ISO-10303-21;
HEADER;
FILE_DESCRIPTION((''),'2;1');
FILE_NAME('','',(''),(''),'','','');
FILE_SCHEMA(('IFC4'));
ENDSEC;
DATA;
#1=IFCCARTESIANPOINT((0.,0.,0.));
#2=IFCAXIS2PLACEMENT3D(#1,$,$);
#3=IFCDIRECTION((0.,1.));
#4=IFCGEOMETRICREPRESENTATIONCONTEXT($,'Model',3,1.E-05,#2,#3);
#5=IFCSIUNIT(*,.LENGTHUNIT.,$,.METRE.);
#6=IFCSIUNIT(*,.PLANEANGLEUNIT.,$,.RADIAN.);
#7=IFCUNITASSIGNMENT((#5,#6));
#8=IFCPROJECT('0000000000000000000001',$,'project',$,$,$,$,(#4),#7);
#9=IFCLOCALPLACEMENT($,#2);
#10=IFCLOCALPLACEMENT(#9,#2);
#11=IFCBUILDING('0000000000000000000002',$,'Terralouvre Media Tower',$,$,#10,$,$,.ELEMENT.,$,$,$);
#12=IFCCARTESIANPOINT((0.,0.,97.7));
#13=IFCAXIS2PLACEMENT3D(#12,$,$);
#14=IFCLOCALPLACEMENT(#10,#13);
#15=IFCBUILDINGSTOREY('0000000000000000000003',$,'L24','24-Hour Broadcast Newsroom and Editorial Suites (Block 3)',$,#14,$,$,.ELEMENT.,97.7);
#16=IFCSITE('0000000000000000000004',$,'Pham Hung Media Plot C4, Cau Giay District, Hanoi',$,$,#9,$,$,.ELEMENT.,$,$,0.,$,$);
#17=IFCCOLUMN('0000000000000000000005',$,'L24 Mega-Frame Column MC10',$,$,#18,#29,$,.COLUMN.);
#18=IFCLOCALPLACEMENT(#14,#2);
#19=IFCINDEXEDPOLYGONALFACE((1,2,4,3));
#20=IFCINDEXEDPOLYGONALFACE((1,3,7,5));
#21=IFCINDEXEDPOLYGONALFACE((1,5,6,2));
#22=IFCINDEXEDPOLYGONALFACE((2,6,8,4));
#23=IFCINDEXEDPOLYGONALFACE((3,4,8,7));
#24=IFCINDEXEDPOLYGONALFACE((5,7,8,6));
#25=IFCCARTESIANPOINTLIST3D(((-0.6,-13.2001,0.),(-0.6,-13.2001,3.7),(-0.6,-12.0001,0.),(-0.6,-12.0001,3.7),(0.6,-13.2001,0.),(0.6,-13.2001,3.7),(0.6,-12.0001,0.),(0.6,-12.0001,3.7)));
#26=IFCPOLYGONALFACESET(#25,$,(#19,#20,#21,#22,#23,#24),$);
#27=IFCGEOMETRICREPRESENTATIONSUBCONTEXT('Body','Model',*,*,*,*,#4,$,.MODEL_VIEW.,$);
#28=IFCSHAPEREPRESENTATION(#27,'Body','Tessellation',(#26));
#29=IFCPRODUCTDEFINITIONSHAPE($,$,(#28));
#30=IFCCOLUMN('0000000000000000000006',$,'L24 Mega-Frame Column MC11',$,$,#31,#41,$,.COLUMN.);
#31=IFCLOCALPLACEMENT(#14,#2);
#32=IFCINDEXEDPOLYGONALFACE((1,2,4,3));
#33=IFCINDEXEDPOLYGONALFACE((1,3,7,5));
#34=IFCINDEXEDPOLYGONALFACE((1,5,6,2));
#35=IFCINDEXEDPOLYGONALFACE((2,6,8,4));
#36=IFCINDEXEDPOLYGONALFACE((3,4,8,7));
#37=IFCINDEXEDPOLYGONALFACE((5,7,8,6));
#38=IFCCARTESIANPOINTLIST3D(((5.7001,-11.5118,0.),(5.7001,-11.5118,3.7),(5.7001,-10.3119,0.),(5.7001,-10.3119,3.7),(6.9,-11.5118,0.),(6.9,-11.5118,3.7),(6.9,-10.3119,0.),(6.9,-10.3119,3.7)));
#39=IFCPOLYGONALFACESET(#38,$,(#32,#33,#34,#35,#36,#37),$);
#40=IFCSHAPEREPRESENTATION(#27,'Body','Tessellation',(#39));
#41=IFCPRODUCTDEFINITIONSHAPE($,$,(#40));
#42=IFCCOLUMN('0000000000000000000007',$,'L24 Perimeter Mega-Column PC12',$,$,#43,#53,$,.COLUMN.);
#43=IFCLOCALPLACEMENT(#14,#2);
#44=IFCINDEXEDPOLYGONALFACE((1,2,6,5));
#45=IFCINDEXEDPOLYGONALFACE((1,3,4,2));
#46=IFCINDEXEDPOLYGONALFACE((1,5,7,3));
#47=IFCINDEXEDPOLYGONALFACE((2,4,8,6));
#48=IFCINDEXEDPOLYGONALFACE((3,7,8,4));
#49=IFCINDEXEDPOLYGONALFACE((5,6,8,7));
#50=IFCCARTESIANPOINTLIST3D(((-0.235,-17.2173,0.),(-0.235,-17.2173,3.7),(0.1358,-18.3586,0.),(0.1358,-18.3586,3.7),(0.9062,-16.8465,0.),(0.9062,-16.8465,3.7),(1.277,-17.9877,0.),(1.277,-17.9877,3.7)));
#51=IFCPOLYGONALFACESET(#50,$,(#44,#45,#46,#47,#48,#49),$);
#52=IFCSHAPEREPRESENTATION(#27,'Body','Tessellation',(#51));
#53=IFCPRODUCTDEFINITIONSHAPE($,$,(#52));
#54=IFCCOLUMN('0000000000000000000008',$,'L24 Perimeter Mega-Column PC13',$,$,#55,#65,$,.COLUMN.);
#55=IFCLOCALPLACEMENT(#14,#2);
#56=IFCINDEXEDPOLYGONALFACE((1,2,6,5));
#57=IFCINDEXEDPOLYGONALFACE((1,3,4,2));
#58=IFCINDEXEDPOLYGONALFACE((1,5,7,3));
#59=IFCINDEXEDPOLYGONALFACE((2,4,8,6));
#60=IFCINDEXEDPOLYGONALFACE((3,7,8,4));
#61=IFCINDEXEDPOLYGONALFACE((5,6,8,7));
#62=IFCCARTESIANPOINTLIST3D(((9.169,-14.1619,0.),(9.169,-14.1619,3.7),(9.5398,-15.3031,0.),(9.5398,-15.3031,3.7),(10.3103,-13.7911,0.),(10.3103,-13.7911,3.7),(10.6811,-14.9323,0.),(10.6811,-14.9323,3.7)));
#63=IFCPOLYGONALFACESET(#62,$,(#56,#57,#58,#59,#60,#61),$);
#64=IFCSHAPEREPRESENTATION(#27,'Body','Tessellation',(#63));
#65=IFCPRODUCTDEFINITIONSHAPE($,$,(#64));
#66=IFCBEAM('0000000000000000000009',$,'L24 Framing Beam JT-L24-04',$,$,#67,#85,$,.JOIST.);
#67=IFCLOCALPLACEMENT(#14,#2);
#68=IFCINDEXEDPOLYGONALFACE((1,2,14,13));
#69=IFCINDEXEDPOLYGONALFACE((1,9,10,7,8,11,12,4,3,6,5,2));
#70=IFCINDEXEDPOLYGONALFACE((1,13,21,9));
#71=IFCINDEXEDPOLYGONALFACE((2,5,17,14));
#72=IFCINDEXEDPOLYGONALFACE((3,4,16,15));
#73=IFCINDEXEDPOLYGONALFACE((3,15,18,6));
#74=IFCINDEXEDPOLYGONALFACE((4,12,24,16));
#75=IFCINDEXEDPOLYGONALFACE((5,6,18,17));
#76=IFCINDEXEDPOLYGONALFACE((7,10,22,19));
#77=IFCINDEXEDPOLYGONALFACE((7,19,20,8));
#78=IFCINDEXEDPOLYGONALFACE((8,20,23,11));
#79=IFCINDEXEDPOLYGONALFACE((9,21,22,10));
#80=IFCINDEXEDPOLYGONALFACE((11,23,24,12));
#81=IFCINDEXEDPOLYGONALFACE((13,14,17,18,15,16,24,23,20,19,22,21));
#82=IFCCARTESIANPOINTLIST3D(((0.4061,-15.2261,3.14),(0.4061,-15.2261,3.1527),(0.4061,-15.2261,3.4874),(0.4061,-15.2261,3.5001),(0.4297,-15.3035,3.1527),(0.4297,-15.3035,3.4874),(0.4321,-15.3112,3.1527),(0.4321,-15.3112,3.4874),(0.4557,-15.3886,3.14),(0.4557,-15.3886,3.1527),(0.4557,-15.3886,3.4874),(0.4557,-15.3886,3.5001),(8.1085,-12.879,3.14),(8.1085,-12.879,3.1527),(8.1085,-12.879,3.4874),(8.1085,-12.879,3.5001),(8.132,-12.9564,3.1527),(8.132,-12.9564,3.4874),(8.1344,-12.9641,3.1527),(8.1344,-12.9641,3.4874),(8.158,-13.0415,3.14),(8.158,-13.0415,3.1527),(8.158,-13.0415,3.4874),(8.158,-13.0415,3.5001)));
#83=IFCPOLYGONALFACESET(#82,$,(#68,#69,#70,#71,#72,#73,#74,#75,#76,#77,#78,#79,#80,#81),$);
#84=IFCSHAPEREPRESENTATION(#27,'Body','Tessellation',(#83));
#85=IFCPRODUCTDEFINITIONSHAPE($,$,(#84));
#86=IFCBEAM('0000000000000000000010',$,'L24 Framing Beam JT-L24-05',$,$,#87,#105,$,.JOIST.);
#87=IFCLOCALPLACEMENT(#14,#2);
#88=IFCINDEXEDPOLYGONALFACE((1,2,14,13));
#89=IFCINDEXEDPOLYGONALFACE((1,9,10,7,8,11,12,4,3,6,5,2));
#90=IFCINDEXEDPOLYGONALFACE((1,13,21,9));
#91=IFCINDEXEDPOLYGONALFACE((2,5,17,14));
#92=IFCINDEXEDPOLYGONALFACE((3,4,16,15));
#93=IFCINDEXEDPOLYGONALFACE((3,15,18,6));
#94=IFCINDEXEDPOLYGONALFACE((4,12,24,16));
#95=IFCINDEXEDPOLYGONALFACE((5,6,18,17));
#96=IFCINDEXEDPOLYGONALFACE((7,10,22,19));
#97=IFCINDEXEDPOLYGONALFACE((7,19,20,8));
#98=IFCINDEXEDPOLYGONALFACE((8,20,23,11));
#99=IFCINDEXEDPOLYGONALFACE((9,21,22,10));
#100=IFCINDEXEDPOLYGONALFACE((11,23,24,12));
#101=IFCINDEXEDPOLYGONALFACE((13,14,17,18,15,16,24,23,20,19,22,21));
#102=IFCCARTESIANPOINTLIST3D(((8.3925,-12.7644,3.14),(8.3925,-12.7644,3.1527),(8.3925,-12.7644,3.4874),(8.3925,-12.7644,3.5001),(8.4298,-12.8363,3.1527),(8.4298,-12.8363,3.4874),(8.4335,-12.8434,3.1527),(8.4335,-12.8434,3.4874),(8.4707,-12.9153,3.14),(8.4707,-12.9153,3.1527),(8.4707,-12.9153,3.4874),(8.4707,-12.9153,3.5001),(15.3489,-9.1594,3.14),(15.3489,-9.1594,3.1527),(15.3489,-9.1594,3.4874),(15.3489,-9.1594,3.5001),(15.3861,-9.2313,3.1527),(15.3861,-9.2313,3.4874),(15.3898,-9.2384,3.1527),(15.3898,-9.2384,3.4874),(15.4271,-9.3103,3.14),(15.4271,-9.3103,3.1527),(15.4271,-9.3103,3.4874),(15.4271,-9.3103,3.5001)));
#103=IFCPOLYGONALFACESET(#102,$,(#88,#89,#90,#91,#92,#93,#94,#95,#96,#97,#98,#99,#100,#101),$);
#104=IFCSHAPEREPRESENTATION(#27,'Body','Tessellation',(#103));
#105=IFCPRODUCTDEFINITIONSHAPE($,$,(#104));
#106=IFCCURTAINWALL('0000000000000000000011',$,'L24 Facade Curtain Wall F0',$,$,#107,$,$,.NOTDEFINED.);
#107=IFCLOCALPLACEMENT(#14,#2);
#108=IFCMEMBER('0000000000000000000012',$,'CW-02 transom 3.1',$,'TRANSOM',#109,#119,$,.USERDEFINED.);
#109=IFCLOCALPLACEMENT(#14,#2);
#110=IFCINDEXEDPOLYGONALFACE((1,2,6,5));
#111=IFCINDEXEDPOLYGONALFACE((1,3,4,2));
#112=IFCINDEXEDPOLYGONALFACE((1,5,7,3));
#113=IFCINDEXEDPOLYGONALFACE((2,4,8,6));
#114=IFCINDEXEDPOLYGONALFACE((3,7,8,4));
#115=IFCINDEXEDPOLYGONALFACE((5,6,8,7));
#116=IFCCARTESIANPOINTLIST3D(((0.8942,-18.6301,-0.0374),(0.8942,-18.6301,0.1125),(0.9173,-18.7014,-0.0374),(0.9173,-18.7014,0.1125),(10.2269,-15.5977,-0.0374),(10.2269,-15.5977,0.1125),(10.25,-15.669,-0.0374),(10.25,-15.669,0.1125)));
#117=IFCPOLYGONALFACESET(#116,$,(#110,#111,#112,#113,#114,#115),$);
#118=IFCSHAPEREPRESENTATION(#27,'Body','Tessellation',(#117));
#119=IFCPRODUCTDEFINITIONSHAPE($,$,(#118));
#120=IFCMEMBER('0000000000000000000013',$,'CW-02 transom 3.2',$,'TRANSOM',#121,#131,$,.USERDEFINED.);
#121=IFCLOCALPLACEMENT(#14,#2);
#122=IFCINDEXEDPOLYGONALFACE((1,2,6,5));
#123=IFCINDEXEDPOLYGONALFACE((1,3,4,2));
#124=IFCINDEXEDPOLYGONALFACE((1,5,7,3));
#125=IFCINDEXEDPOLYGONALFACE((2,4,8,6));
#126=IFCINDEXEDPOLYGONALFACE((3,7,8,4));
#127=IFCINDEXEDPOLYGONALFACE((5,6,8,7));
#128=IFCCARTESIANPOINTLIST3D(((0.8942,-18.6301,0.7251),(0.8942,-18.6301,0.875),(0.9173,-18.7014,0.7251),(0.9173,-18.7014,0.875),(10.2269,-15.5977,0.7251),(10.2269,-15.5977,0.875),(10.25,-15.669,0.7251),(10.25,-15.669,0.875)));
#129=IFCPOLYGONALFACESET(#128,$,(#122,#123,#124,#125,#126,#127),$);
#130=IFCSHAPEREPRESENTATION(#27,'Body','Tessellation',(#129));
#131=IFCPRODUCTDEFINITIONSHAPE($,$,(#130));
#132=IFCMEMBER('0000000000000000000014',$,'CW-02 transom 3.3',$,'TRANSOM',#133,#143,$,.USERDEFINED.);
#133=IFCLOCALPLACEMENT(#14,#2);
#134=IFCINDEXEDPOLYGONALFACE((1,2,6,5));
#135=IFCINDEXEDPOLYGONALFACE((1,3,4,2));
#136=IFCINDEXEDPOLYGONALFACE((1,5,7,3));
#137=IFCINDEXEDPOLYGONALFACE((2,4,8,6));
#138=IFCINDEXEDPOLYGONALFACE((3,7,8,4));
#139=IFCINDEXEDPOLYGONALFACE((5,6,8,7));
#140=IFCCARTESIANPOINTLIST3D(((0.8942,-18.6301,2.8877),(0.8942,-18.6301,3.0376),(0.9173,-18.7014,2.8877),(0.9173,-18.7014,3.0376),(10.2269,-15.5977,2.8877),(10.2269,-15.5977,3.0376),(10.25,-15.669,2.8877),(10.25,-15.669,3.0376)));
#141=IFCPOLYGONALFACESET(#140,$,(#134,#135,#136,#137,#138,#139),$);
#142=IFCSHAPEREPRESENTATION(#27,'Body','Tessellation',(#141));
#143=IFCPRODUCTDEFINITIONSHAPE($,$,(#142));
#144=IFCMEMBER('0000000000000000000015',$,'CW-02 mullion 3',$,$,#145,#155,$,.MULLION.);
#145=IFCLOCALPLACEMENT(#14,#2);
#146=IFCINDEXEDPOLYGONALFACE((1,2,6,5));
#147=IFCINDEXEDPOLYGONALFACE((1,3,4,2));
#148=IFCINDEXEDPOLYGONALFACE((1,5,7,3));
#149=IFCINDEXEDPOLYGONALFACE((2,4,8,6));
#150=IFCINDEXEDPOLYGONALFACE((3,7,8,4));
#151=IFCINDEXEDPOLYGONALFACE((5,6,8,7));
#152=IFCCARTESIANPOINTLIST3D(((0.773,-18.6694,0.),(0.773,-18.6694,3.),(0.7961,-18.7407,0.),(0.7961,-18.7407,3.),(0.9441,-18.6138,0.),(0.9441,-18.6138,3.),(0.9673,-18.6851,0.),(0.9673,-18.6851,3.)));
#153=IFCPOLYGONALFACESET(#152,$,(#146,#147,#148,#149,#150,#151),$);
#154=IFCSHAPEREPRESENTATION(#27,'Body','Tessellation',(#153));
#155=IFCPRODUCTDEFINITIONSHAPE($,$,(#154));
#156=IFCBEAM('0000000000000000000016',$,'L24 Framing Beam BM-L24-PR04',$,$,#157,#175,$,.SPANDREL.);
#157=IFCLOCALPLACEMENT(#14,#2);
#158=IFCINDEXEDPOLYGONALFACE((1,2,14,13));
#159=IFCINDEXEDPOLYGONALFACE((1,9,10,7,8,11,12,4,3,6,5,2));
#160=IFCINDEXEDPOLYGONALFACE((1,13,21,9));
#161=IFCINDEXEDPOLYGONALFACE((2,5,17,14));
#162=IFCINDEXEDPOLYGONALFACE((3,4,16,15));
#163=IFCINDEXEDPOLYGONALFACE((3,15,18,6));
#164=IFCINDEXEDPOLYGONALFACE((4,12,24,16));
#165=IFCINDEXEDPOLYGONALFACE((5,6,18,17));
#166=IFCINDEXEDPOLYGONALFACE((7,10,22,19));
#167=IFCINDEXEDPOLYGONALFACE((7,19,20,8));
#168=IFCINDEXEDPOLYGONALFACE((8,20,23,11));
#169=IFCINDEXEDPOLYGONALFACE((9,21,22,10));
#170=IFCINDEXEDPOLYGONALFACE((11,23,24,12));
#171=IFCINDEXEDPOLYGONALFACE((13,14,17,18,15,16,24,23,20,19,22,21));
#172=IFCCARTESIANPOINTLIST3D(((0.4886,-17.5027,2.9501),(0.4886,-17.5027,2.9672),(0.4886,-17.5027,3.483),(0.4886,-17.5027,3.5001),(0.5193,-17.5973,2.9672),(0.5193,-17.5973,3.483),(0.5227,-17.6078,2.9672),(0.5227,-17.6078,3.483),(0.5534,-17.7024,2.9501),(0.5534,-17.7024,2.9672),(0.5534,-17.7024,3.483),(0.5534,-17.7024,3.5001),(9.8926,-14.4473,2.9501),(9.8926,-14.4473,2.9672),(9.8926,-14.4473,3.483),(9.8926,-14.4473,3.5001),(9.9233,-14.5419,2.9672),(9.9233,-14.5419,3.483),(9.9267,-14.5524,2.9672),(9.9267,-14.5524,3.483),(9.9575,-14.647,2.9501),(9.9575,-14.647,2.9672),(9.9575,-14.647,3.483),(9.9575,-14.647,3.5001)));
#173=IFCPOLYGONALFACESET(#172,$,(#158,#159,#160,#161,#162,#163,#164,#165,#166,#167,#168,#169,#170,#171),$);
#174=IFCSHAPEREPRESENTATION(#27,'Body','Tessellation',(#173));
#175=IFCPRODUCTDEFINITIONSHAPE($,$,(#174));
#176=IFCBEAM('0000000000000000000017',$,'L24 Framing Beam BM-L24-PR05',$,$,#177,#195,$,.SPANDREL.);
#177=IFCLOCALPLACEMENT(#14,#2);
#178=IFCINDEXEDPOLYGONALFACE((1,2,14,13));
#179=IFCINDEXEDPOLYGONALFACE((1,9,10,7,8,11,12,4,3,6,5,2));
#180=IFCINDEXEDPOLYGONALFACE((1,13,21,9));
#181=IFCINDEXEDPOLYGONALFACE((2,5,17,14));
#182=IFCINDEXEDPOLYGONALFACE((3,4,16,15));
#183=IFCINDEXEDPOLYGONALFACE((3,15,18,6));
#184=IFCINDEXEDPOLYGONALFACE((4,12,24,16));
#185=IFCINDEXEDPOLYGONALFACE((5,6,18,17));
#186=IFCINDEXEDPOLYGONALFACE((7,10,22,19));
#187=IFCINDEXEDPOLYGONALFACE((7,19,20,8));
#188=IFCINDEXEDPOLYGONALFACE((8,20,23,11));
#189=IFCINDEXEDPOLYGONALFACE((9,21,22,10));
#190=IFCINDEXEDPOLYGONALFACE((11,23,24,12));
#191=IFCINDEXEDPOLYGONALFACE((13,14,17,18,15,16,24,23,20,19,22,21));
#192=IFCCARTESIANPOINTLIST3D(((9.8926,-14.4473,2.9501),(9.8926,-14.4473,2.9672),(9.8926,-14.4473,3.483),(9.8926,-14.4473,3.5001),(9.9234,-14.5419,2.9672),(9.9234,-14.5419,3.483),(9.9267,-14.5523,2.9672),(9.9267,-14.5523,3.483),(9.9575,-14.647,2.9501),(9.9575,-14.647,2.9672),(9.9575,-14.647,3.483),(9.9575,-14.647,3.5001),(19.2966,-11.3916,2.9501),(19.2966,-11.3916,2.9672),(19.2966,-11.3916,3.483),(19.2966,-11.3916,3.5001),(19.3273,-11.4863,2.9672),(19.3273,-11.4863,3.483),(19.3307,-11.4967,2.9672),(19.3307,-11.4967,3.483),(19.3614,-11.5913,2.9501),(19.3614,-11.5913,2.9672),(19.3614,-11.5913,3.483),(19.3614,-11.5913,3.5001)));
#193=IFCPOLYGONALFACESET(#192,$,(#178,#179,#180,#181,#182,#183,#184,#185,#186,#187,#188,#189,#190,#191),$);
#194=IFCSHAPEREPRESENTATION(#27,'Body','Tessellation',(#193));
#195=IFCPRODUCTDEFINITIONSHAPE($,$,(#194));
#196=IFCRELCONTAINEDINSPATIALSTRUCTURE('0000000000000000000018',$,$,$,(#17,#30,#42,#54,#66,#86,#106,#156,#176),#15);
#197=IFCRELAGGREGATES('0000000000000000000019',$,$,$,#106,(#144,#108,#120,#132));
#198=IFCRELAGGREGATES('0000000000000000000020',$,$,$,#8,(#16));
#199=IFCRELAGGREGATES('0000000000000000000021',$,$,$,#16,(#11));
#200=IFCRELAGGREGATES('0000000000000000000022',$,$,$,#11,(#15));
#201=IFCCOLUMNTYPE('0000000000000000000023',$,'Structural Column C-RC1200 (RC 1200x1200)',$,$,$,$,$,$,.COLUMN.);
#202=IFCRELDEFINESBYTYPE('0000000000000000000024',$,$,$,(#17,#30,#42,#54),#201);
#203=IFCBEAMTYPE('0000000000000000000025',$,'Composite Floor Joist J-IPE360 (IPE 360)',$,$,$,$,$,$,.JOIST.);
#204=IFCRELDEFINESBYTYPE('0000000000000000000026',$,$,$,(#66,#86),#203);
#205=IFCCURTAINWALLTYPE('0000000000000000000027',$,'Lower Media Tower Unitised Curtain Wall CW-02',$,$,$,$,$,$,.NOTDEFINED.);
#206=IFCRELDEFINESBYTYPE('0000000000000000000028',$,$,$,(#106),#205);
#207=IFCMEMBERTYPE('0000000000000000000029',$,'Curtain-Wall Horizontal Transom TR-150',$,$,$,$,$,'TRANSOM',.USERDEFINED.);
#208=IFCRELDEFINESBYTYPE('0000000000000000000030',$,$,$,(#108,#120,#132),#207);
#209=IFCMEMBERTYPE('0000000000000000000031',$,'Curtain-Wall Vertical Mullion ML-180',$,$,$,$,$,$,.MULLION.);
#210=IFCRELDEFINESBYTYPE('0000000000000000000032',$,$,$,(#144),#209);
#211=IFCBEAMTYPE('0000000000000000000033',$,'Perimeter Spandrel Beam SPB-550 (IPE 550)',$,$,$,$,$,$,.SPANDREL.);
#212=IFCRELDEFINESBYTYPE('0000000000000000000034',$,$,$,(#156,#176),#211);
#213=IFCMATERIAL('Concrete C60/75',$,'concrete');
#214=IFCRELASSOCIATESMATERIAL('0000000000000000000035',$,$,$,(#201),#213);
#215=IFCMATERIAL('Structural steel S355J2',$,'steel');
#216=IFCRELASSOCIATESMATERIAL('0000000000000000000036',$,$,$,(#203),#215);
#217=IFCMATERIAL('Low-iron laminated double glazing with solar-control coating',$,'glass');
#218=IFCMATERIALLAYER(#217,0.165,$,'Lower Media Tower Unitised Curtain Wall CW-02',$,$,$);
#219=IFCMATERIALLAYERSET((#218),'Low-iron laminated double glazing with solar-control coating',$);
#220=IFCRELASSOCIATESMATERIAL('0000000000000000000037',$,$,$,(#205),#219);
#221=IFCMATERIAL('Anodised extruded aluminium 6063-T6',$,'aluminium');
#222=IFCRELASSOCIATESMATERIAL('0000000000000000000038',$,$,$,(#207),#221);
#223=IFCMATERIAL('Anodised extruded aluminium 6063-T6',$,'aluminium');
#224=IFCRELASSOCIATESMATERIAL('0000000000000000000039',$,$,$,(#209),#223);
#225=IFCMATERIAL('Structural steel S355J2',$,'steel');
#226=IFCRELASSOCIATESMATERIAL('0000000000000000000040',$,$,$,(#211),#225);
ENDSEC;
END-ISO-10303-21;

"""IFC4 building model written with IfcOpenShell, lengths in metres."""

from ifc_helpers import new_model, si_unit, direction, frame, origin, origin_2d, place, context, subcontext, project, spatial, rectangle, i_section, extrude, material, layer, layer_set, material_profile, profile_set, type_object, element, aggregate, save


model = new_model("IFC4")

# Units and contexts
model_context = context("Model", 3, precision=1e-05, world=origin(), true_north=direction((0.0, 1.0)))
body_context = subcontext(model_context, "Body", "Model", "MODEL_VIEW")
ifc_project = project(units=[si_unit("LENGTHUNIT", "METRE"), si_unit("PLANEANGLEUNIT", "RADIAN")], contexts=[model_context])

# Site, building, storey
site_placement = place(None, origin())
site = spatial("IfcSite", under=ifc_project, at=site_placement, Name="Pham Hung Media Plot C4, Cau Giay District, Hanoi", CompositionType="ELEMENT", RefElevation=0.0)
building_placement = place(site_placement, origin())
building = spatial("IfcBuilding", under=site, at=building_placement, Name="Terralouvre Media Tower", CompositionType="ELEMENT")
storey_placement = place(building_placement, frame((0.0, 0.0, 97.7)))
storey = spatial("IfcBuildingStorey", under=building, at=storey_placement, Name="L24", Description="24-Hour Broadcast Newsroom and Editorial Suites (Block 3)", CompositionType="ELEMENT", Elevation=97.7)

# Columns
ifc_material_1 = material(Name="Concrete C60/75", Category="concrete")
ifc_material_profile_1 = material_profile(ifc_material_1, rectangle(XDim=1.2, YDim=1.2, at=origin_2d()), Name="RC 1200x1200")
ifc_profile_set_1 = profile_set([ifc_material_profile_1], Name="Concrete C60/75")
column_type = type_object("IfcColumnType", Name="Structural Column C-RC1200 (RC 1200x1200)", PredefinedType="COLUMN", material=ifc_profile_set_1)
for number, where, z_axis, x_axis, name in (
    (1, (0.0, -12.6001, 0.0), (0.0, 0.0, 1.0), (1.0, 0.0, 0.0), "L24 Mega-Frame Column MC10"),
    (2, (6.3, -10.9119, 0.0), (0.0, 0.0, 1.0), (1.0, 0.0, 0.0), "L24 Mega-Frame Column MC11"),
    (3, (0.521, -17.6025, 0.0), (0.0, 0.0, 1.0), (0.951057, 0.309017, 0.0), "L24 Perimeter Mega-Column PC12"),
    (4, (9.925, -14.5471, 0.0), (0.0, 0.0, 1.0), (0.951057, 0.309017, 0.0), "L24 Perimeter Mega-Column PC13"),
):
    element("IfcColumn", number, at=place(storey_placement, frame(where, z_axis=z_axis, x_axis=x_axis)), inside=storey, type_object=column_type, Name=name, PredefinedType="COLUMN", context=body_context, shape_type="SweptSolid", body=[
        extrude(rectangle(XDim=1.2, YDim=1.2, at=origin_2d()), origin(), (0.0, 0.0, 1.0), 3.7),
    ])

# Beams
ifc_material_2 = material(Name="Structural steel S355J2", Category="steel")
ifc_material_profile_2 = material_profile(ifc_material_2, i_section(OverallWidth=0.1699, OverallDepth=0.3601, WebThickness=0.0081, FlangeThickness=0.0127, at=origin_2d()), Name="IPE 360")
ifc_profile_set_2 = profile_set([ifc_material_profile_2], Name="Structural steel S355J2")
beam_type_1 = type_object("IfcBeamType", Name="Composite Floor Joist J-IPE360 (IPE 360)", PredefinedType="JOIST", material=ifc_profile_set_2)
beam_1_placement = place(storey_placement, frame((0.4309, -15.3074, 3.3201), z_axis=(0.956571, 0.291498, 0.0), x_axis=(-0.291498, 0.956571, 0.0)))
element("IfcBeam", 5, at=beam_1_placement, inside=storey, type_object=beam_type_1, Name="L24 Framing Beam JT-L24-04", PredefinedType="JOIST", context=body_context, shape_type="SweptSolid", body=[
    extrude(i_section(OverallWidth=0.1699, OverallDepth=0.3601, WebThickness=0.0081, FlangeThickness=0.0127, at=origin_2d()), origin(), (0.0, 0.0, 1.0), 8.052),
])
beam_2_placement = place(storey_placement, frame((8.4316, -12.8398, 3.3201), z_axis=(0.887858, 0.460117, 0.0), x_axis=(-0.460117, 0.887858, 0.0)))
element("IfcBeam", 6, at=beam_2_placement, inside=storey, type_object=beam_type_1, Name="L24 Framing Beam JT-L24-05", PredefinedType="JOIST", context=body_context, shape_type="SweptSolid", body=[
    extrude(i_section(OverallWidth=0.1699, OverallDepth=0.3601, WebThickness=0.0081, FlangeThickness=0.0127, at=origin_2d()), origin(), (0.0, 0.0, 1.0), 7.835),
])

# Curtain wall, members
ifc_material_3 = material(Name="Low-iron laminated double glazing with solar-control coating", Category="glass")
ifc_layer_1 = layer(ifc_material_3, 0.165, Name="Lower Media Tower Unitised Curtain Wall CW-02")
ifc_layer_set_1 = layer_set([ifc_layer_1], Name="Low-iron laminated double glazing with solar-control coating")
curtain_wall_type = type_object("IfcCurtainWallType", Name="Lower Media Tower Unitised Curtain Wall CW-02", PredefinedType="NOTDEFINED", material=ifc_layer_set_1)
curtain_wall_placement = place(storey_placement, origin())
curtain_wall = element("IfcCurtainWall", 7, at=curtain_wall_placement, inside=storey, type_object=curtain_wall_type, Name="L24 Facade Curtain Wall F0", PredefinedType="NOTDEFINED")
ifc_material_4 = material(Name="Anodised extruded aluminium 6063-T6", Category="aluminium")
ifc_material_profile_3 = material_profile(ifc_material_4, rectangle(XDim=0.075, YDim=0.1499, at=origin_2d()), Name="ALU 75x150")
ifc_profile_set_3 = profile_set([ifc_material_profile_3], Name="Anodised extruded aluminium 6063-T6")
member_type_1 = type_object("IfcMemberType", Name="Curtain-Wall Horizontal Transom TR-150", ElementType="TRANSOM", PredefinedType="USERDEFINED", material=ifc_profile_set_3)
member_1_placement = place(storey_placement, frame((0.9058, -18.6658, 0.0376), z_axis=(0.951054, 0.309024, 0.0), x_axis=(-0.309024, 0.951054, 0.0)))
member_1 = element("IfcMember", 8, at=member_1_placement, type_object=member_type_1, Name="CW-02 transom 3.1", ObjectType="TRANSOM", PredefinedType="USERDEFINED", context=body_context, shape_type="SweptSolid", body=[
    extrude(rectangle(XDim=0.075, YDim=0.1499, at=origin_2d()), origin(), (0.0, 0.0, 1.0), 9.813),
])
member_2_placement = place(storey_placement, frame((0.9058, -18.6658, 0.8), z_axis=(0.951054, 0.309024, 0.0), x_axis=(-0.309024, 0.951054, 0.0)))
member_2 = element("IfcMember", 9, at=member_2_placement, type_object=member_type_1, Name="CW-02 transom 3.2", ObjectType="TRANSOM", PredefinedType="USERDEFINED", context=body_context, shape_type="SweptSolid", body=[
    extrude(rectangle(XDim=0.075, YDim=0.1499, at=origin_2d()), origin(), (0.0, 0.0, 1.0), 9.813),
])
member_3_placement = place(storey_placement, frame((0.9058, -18.6658, 2.9626), z_axis=(0.951054, 0.309024, 0.0), x_axis=(-0.309024, 0.951054, 0.0)))
member_3 = element("IfcMember", 10, at=member_3_placement, type_object=member_type_1, Name="CW-02 transom 3.3", ObjectType="TRANSOM", PredefinedType="USERDEFINED", context=body_context, shape_type="SweptSolid", body=[
    extrude(rectangle(XDim=0.075, YDim=0.1499, at=origin_2d()), origin(), (0.0, 0.0, 1.0), 9.813),
])
ifc_material_5 = material(Name="Anodised extruded aluminium 6063-T6", Category="aluminium")
ifc_material_profile_4 = material_profile(ifc_material_5, rectangle(XDim=0.075, YDim=0.1799, at=origin_2d()), Name="ALU 75x180")
ifc_profile_set_4 = profile_set([ifc_material_profile_4], Name="Anodised extruded aluminium 6063-T6")
member_type_2 = type_object("IfcMemberType", Name="Curtain-Wall Vertical Mullion ML-180", PredefinedType="MULLION", material=ifc_profile_set_4)
member_4_placement = place(storey_placement, frame((0.8701, -18.6772, 0.0), z_axis=(0.0, 0.0, 1.0), x_axis=(-0.309017, 0.951057, 0.0)))
member_4 = element("IfcMember", 11, at=member_4_placement, type_object=member_type_2, Name="CW-02 mullion 3", PredefinedType="MULLION", context=body_context, shape_type="SweptSolid", body=[
    extrude(rectangle(XDim=0.075, YDim=0.1799, at=origin_2d()), origin(), (0.0, 0.0, 1.0), 3.0),
])

# Beams
ifc_material_6 = material(Name="Structural steel S355J2", Category="steel")
ifc_material_profile_5 = material_profile(ifc_material_6, i_section(OverallWidth=0.21, OverallDepth=0.55, WebThickness=0.011, FlangeThickness=0.0171, at=origin_2d()), Name="IPE 550")
ifc_profile_set_5 = profile_set([ifc_material_profile_5], Name="Structural steel S355J2")
beam_type_2 = type_object("IfcBeamType", Name="Perimeter Spandrel Beam SPB-550 (IPE 550)", PredefinedType="SPANDREL", material=ifc_profile_set_5)
for number, where, z_axis, x_axis, name in (
    (12, (0.521, -17.6025, 3.2251), (0.951061, 0.309004, 0.0), (-0.309004, 0.951061, 0.0), "L24 Framing Beam BM-L24-PR04"),
    (13, (9.925, -14.5471, 3.2251), (0.951053, 0.309026, 0.0), (-0.309026, 0.951053, 0.0), "L24 Framing Beam BM-L24-PR05"),
):
    element("IfcBeam", number, at=place(storey_placement, frame(where, z_axis=z_axis, x_axis=x_axis)), inside=storey, type_object=beam_type_2, Name=name, PredefinedType="SPANDREL", context=body_context, shape_type="SweptSolid", body=[
        extrude(i_section(OverallWidth=0.21, OverallDepth=0.55, WebThickness=0.011, FlangeThickness=0.0171, at=origin_2d()), origin(), (0.0, 0.0, 1.0), 9.8879),
    ])

aggregate(curtain_wall, [member_4, member_1, member_2, member_3])

save(model, "model.ifc")
